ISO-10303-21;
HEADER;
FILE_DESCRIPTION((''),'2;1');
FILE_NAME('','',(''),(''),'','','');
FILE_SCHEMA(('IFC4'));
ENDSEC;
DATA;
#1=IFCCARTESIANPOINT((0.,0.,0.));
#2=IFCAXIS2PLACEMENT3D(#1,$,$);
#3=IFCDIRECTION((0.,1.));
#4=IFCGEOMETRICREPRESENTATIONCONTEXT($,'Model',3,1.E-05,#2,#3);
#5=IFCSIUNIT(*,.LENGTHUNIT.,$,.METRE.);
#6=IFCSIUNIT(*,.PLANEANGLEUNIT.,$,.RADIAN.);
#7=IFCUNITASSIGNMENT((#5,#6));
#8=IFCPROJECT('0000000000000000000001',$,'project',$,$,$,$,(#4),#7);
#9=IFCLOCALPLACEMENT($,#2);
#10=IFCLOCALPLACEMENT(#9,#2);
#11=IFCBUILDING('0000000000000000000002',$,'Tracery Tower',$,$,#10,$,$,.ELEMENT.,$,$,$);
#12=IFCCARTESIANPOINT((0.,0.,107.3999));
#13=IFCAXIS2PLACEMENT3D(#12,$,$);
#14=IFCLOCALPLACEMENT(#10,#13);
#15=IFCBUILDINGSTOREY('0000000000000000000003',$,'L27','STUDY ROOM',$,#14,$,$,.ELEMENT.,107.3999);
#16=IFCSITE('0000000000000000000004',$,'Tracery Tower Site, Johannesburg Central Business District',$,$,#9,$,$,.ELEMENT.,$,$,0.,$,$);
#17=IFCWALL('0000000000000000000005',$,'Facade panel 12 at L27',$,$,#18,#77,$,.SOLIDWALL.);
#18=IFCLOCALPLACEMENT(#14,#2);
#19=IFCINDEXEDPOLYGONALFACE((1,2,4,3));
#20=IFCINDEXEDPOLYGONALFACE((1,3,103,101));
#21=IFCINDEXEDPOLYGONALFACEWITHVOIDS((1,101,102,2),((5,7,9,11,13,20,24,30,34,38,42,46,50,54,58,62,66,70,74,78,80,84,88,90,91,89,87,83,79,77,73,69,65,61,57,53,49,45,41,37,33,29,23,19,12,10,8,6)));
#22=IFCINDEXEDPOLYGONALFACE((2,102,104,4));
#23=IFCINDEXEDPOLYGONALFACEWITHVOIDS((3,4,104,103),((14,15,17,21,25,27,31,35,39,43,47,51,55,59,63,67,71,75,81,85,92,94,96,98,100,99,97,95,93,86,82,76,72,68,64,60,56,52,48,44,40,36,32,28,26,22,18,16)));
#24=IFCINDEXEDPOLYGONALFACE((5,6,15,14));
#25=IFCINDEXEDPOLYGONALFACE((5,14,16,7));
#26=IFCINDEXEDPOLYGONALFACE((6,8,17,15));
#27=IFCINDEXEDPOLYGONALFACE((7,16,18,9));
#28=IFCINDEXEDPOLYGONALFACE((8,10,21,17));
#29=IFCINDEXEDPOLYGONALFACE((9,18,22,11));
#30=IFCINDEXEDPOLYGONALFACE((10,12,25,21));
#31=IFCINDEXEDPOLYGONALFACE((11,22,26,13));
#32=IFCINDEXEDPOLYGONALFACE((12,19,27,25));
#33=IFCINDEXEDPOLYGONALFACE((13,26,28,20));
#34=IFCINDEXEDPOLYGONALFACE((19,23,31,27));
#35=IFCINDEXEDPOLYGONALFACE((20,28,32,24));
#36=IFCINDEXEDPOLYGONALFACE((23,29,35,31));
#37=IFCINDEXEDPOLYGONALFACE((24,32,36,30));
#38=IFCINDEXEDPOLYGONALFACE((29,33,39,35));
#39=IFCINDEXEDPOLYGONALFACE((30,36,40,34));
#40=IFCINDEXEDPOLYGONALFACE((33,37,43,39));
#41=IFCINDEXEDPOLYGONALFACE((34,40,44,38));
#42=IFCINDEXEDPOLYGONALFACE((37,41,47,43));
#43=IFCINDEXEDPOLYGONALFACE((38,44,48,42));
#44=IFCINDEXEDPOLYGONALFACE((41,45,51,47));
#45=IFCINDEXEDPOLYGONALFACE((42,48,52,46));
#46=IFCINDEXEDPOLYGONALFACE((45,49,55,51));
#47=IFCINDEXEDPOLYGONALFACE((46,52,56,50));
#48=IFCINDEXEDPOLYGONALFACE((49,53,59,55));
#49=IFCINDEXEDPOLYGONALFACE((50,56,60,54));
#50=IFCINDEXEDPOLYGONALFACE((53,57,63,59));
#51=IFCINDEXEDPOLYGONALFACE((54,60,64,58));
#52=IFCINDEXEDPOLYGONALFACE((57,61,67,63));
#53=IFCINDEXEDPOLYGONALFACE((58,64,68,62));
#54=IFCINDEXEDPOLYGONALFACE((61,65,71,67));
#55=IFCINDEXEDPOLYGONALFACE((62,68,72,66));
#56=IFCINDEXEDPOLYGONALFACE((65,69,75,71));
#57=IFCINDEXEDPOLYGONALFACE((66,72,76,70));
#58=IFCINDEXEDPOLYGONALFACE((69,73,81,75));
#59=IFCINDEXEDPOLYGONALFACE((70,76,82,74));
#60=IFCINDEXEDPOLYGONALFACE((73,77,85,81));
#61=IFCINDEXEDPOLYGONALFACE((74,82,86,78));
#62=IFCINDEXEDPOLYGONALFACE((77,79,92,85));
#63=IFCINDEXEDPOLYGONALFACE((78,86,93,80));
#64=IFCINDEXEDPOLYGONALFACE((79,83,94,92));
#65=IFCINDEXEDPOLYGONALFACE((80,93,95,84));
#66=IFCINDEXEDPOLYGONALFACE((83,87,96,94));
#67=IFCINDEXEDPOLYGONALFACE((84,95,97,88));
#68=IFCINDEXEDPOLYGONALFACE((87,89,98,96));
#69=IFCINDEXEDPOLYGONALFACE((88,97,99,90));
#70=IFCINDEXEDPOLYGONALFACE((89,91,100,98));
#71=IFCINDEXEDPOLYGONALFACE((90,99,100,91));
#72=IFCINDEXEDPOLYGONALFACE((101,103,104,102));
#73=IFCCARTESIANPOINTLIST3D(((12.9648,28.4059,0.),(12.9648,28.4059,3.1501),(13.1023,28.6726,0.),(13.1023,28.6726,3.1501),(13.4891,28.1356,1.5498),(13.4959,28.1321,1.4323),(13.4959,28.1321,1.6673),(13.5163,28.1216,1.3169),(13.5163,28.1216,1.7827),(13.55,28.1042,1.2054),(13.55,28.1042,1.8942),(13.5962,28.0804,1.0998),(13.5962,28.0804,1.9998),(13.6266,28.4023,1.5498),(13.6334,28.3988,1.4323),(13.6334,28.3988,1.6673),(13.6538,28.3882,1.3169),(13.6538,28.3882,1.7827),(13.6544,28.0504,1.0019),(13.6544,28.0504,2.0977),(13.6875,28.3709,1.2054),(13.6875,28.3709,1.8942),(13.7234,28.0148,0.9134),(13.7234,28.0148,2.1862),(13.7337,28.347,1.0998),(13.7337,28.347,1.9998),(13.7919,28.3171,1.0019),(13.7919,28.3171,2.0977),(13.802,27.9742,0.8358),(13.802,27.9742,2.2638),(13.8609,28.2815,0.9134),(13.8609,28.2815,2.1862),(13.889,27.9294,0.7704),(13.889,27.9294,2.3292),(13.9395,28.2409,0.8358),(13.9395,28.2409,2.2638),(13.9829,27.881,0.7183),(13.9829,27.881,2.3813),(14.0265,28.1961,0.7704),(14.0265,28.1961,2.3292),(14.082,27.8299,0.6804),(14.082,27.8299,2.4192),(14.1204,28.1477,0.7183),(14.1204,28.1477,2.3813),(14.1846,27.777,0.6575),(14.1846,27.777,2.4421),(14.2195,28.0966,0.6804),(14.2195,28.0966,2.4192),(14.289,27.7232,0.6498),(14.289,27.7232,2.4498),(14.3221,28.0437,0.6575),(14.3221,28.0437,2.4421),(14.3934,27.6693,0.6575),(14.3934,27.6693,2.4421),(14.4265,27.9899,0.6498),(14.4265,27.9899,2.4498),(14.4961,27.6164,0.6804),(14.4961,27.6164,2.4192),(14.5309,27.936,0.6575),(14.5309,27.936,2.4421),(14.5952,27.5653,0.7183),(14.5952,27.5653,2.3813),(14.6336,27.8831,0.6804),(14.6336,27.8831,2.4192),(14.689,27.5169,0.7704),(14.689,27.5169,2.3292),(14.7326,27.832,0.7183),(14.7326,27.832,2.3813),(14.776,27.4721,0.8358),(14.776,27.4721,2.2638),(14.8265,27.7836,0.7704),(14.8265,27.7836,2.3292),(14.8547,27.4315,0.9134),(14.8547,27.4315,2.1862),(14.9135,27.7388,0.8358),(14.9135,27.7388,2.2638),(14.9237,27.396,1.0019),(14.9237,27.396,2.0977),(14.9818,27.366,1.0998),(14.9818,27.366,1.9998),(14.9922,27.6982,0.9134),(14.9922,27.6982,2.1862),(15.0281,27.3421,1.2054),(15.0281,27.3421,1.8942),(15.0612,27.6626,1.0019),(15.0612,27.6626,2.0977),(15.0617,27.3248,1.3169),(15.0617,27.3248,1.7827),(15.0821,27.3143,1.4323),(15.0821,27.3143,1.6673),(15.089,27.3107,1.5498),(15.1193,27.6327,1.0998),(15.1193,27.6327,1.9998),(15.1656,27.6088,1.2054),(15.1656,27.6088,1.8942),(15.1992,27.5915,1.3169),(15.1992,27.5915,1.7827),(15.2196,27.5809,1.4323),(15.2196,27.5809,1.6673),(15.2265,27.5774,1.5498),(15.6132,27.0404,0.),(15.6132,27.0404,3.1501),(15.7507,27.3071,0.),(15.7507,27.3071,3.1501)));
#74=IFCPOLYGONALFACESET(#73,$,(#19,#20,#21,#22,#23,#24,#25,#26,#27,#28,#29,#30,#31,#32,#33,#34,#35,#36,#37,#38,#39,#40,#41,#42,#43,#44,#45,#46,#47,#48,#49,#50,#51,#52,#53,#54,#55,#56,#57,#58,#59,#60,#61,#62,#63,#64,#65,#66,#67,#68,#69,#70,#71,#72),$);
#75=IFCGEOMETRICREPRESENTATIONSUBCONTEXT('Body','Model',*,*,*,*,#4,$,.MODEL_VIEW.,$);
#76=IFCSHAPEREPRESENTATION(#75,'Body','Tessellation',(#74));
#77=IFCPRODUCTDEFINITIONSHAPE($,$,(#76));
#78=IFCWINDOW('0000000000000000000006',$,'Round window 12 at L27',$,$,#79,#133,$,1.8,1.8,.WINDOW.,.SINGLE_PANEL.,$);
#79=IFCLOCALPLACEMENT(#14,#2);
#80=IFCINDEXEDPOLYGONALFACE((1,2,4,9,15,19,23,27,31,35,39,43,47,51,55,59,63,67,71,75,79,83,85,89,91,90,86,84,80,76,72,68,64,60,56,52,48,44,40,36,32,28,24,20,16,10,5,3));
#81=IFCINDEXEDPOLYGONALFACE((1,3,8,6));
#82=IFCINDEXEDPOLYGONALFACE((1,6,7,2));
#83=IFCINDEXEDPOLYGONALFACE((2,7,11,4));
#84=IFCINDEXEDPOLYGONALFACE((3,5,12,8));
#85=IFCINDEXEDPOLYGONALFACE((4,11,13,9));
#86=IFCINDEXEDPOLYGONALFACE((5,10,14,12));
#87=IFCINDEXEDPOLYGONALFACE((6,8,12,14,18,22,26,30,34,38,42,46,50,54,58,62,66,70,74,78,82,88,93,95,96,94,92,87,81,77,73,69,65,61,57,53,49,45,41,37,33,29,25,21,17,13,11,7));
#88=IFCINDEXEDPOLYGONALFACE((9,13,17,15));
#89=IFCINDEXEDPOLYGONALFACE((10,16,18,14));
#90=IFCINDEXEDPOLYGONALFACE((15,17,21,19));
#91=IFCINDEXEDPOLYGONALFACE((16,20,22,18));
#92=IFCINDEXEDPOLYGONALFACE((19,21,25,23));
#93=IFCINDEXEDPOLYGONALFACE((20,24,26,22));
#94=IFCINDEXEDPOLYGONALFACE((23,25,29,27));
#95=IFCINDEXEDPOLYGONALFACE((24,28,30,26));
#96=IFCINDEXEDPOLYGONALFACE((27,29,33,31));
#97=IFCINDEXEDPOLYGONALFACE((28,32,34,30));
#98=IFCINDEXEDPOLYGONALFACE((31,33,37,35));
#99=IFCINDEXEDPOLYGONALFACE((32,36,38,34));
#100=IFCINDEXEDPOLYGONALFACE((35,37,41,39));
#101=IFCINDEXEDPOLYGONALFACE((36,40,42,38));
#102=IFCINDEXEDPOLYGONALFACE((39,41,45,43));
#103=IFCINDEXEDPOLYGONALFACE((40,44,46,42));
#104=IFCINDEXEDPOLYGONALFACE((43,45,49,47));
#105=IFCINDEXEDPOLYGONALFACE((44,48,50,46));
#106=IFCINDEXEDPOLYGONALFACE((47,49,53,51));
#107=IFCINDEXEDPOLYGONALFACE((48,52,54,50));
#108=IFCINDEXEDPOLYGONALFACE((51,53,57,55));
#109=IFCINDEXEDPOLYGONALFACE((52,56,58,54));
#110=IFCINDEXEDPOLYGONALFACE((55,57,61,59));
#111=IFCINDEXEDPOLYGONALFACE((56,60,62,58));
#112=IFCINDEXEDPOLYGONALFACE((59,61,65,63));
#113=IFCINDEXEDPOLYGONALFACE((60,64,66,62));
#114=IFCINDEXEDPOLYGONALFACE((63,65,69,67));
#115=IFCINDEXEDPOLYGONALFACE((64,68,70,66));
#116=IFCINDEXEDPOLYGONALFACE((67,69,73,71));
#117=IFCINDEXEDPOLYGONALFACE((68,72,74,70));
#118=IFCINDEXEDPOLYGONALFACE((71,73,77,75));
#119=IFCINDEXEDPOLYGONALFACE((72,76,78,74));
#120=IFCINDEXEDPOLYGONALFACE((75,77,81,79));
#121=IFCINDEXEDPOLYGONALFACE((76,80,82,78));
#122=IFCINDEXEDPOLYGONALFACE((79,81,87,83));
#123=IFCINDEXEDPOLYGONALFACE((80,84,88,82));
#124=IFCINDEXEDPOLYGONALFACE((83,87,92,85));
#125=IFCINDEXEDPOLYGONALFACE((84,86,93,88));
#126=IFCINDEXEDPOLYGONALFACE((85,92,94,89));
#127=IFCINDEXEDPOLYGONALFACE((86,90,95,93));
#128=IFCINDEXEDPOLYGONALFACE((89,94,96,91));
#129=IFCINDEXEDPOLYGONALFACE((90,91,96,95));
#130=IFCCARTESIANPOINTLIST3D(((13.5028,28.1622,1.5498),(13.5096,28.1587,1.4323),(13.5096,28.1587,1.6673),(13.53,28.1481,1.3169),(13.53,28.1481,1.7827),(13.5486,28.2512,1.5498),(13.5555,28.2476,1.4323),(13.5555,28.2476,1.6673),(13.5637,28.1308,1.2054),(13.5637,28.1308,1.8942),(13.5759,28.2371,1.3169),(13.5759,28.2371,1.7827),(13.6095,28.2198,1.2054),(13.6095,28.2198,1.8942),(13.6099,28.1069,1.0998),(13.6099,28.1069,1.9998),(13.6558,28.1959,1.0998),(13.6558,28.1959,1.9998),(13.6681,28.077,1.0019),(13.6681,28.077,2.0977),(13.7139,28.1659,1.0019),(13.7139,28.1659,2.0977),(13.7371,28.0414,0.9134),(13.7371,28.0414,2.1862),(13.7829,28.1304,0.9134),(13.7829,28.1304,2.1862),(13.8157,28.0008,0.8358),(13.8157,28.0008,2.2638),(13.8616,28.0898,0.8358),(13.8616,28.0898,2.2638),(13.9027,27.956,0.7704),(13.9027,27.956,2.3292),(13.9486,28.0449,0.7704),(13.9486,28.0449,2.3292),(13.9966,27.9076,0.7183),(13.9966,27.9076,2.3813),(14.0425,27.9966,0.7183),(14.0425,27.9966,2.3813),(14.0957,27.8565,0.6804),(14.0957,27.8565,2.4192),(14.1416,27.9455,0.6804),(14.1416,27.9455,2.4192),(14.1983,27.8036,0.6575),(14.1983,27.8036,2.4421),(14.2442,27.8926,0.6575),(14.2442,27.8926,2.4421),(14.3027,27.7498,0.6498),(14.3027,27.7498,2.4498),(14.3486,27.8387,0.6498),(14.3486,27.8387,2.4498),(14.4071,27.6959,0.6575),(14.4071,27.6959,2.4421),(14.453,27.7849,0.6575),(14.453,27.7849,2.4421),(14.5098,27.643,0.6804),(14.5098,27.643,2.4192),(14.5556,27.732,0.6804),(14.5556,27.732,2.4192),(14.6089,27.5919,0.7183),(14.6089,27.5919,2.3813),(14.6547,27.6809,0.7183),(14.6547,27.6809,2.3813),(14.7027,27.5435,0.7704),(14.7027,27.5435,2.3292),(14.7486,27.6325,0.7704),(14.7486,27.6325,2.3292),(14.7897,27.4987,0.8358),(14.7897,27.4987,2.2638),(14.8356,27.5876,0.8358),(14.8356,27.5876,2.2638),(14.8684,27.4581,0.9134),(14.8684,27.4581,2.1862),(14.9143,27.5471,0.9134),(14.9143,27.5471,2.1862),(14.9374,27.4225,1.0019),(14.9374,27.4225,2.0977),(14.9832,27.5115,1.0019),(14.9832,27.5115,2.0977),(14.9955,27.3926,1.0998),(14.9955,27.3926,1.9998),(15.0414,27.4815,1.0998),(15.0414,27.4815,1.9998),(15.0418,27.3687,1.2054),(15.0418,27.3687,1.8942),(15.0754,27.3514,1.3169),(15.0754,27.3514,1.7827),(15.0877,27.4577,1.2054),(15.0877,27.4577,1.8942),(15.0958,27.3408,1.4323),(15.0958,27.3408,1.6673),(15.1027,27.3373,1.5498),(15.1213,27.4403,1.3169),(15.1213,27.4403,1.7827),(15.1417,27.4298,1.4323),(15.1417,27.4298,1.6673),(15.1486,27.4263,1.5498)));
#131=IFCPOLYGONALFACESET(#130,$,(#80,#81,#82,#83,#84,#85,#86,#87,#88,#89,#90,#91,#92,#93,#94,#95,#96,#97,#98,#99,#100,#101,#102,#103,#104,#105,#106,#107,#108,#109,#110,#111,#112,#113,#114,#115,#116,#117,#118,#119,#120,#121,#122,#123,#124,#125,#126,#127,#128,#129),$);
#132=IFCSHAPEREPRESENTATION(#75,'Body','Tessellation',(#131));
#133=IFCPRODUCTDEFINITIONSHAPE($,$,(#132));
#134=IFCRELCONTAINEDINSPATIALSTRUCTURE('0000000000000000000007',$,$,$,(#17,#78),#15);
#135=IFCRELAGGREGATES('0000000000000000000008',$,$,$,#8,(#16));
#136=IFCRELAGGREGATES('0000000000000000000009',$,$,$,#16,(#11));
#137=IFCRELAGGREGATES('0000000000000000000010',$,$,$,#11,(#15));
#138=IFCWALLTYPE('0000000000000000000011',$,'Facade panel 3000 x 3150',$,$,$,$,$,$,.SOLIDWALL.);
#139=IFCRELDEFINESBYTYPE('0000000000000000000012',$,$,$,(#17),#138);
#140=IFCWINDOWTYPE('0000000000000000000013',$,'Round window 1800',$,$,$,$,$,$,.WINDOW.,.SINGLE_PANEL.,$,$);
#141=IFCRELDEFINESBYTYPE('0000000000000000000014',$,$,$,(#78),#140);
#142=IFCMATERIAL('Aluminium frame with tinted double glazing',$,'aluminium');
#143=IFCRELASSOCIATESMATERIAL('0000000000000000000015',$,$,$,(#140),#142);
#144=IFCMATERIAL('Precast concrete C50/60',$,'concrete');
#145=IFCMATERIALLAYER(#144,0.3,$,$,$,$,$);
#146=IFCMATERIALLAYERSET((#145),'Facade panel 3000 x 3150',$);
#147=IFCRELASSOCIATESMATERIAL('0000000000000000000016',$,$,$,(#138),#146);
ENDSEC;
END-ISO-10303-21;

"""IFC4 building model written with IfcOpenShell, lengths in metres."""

from ifc_helpers import new_model, si_unit, direction, frame, frame_2d, origin, origin_2d, place, context, subcontext, project, spatial, rectangle, circle, extrude, material, layer, layer_set, type_object, element, fill, save


model = new_model("IFC4")

# Units and contexts
model_context = context("Model", 3, precision=1e-05, world=origin(), true_north=direction((0.0, 1.0)))
body_context = subcontext(model_context, "Body", "Model", "MODEL_VIEW")
ifc_project = project(units=[si_unit("LENGTHUNIT", "METRE"), si_unit("PLANEANGLEUNIT", "RADIAN")], contexts=[model_context])

# Site, building, storey
site_placement = place(None, origin())
site = spatial("IfcSite", under=ifc_project, at=site_placement, Name="Tracery Tower Site, Johannesburg Central Business District", CompositionType="ELEMENT", RefElevation=0.0)
building_placement = place(site_placement, origin())
building = spatial("IfcBuilding", under=site, at=building_placement, Name="Tracery Tower", CompositionType="ELEMENT")
storey_placement = place(building_placement, frame((0.0, 0.0, 107.3999)))
storey = spatial("IfcBuildingStorey", under=building, at=storey_placement, Name="L27", Description="STUDY ROOM", CompositionType="ELEMENT", Elevation=107.3999)

# Wall, opening, window
ifc_material_1 = material(Name="Aluminium frame with tinted double glazing", Category="aluminium")
window_type = type_object("IfcWindowType", Name="Round window 1800", PartitioningType="SINGLE_PANEL", PredefinedType="WINDOW", material=ifc_material_1)
ifc_material_2 = material(Name="Precast concrete C50/60", Category="concrete")
ifc_layer_1 = layer(ifc_material_2, 0.3)
ifc_layer_set_1 = layer_set([ifc_layer_1], Name="Facade panel 3000 x 3150")
wall_type_1 = type_object("IfcWallType", Name="Facade panel 3000 x 3150", PredefinedType="SOLIDWALL", material=ifc_layer_set_1)
wall_1_placement = place(storey_placement, frame((15.6819, 27.1738, 0.0), z_axis=(0.0, 0.0, 1.0), x_axis=(-0.88882, 0.458257, 0.0)))
wall_1 = element("IfcWall", 1, at=wall_1_placement, inside=storey, type_object=wall_type_1, Name="Facade panel 12 at L27", PredefinedType="SOLIDWALL", context=body_context, shape_type="SweptSolid", body=[
    extrude(rectangle(XDim=2.9797, YDim=0.3, at=frame_2d((1.4897, 0.0))), origin(), (0.0, 0.0, 1.0), 3.1501),
])
opening_1_placement = place(wall_1_placement, frame((1.4897, 0.0, 1.5498)))
opening_1 = element("IfcOpeningElement", 2, at=opening_1_placement, cuts=wall_1, PredefinedType="OPENING", context=body_context, shape_type="SweptSolid", body=[
    extrude(circle(Radius=0.9, at=origin_2d()), frame((0.0, 0.1599, 0.0), z_axis=(0.0, -1.0, 0.0), x_axis=(1.0, 0.0, 0.0)), (0.0, 0.0, 1.0), 0.3201),
])
window_1_placement = place(opening_1_placement, origin())
window_1 = element("IfcWindow", 3, at=window_1_placement, inside=storey, type_object=window_type, Name="Round window 12 at L27", OverallHeight=1.8, OverallWidth=1.8, PartitioningType="SINGLE_PANEL", PredefinedType="WINDOW", context=body_context, shape_type="SweptSolid", body=[
    extrude(circle(Radius=0.9, at=origin_2d()), frame((0.0, 0.1201, 0.0), z_axis=(0.0, -1.0, 0.0), x_axis=(1.0, 0.0, 0.0)), (0.0, 0.0, 1.0), 0.1001),
])
fill(opening_1, window_1)

save(model, "model.ifc")
